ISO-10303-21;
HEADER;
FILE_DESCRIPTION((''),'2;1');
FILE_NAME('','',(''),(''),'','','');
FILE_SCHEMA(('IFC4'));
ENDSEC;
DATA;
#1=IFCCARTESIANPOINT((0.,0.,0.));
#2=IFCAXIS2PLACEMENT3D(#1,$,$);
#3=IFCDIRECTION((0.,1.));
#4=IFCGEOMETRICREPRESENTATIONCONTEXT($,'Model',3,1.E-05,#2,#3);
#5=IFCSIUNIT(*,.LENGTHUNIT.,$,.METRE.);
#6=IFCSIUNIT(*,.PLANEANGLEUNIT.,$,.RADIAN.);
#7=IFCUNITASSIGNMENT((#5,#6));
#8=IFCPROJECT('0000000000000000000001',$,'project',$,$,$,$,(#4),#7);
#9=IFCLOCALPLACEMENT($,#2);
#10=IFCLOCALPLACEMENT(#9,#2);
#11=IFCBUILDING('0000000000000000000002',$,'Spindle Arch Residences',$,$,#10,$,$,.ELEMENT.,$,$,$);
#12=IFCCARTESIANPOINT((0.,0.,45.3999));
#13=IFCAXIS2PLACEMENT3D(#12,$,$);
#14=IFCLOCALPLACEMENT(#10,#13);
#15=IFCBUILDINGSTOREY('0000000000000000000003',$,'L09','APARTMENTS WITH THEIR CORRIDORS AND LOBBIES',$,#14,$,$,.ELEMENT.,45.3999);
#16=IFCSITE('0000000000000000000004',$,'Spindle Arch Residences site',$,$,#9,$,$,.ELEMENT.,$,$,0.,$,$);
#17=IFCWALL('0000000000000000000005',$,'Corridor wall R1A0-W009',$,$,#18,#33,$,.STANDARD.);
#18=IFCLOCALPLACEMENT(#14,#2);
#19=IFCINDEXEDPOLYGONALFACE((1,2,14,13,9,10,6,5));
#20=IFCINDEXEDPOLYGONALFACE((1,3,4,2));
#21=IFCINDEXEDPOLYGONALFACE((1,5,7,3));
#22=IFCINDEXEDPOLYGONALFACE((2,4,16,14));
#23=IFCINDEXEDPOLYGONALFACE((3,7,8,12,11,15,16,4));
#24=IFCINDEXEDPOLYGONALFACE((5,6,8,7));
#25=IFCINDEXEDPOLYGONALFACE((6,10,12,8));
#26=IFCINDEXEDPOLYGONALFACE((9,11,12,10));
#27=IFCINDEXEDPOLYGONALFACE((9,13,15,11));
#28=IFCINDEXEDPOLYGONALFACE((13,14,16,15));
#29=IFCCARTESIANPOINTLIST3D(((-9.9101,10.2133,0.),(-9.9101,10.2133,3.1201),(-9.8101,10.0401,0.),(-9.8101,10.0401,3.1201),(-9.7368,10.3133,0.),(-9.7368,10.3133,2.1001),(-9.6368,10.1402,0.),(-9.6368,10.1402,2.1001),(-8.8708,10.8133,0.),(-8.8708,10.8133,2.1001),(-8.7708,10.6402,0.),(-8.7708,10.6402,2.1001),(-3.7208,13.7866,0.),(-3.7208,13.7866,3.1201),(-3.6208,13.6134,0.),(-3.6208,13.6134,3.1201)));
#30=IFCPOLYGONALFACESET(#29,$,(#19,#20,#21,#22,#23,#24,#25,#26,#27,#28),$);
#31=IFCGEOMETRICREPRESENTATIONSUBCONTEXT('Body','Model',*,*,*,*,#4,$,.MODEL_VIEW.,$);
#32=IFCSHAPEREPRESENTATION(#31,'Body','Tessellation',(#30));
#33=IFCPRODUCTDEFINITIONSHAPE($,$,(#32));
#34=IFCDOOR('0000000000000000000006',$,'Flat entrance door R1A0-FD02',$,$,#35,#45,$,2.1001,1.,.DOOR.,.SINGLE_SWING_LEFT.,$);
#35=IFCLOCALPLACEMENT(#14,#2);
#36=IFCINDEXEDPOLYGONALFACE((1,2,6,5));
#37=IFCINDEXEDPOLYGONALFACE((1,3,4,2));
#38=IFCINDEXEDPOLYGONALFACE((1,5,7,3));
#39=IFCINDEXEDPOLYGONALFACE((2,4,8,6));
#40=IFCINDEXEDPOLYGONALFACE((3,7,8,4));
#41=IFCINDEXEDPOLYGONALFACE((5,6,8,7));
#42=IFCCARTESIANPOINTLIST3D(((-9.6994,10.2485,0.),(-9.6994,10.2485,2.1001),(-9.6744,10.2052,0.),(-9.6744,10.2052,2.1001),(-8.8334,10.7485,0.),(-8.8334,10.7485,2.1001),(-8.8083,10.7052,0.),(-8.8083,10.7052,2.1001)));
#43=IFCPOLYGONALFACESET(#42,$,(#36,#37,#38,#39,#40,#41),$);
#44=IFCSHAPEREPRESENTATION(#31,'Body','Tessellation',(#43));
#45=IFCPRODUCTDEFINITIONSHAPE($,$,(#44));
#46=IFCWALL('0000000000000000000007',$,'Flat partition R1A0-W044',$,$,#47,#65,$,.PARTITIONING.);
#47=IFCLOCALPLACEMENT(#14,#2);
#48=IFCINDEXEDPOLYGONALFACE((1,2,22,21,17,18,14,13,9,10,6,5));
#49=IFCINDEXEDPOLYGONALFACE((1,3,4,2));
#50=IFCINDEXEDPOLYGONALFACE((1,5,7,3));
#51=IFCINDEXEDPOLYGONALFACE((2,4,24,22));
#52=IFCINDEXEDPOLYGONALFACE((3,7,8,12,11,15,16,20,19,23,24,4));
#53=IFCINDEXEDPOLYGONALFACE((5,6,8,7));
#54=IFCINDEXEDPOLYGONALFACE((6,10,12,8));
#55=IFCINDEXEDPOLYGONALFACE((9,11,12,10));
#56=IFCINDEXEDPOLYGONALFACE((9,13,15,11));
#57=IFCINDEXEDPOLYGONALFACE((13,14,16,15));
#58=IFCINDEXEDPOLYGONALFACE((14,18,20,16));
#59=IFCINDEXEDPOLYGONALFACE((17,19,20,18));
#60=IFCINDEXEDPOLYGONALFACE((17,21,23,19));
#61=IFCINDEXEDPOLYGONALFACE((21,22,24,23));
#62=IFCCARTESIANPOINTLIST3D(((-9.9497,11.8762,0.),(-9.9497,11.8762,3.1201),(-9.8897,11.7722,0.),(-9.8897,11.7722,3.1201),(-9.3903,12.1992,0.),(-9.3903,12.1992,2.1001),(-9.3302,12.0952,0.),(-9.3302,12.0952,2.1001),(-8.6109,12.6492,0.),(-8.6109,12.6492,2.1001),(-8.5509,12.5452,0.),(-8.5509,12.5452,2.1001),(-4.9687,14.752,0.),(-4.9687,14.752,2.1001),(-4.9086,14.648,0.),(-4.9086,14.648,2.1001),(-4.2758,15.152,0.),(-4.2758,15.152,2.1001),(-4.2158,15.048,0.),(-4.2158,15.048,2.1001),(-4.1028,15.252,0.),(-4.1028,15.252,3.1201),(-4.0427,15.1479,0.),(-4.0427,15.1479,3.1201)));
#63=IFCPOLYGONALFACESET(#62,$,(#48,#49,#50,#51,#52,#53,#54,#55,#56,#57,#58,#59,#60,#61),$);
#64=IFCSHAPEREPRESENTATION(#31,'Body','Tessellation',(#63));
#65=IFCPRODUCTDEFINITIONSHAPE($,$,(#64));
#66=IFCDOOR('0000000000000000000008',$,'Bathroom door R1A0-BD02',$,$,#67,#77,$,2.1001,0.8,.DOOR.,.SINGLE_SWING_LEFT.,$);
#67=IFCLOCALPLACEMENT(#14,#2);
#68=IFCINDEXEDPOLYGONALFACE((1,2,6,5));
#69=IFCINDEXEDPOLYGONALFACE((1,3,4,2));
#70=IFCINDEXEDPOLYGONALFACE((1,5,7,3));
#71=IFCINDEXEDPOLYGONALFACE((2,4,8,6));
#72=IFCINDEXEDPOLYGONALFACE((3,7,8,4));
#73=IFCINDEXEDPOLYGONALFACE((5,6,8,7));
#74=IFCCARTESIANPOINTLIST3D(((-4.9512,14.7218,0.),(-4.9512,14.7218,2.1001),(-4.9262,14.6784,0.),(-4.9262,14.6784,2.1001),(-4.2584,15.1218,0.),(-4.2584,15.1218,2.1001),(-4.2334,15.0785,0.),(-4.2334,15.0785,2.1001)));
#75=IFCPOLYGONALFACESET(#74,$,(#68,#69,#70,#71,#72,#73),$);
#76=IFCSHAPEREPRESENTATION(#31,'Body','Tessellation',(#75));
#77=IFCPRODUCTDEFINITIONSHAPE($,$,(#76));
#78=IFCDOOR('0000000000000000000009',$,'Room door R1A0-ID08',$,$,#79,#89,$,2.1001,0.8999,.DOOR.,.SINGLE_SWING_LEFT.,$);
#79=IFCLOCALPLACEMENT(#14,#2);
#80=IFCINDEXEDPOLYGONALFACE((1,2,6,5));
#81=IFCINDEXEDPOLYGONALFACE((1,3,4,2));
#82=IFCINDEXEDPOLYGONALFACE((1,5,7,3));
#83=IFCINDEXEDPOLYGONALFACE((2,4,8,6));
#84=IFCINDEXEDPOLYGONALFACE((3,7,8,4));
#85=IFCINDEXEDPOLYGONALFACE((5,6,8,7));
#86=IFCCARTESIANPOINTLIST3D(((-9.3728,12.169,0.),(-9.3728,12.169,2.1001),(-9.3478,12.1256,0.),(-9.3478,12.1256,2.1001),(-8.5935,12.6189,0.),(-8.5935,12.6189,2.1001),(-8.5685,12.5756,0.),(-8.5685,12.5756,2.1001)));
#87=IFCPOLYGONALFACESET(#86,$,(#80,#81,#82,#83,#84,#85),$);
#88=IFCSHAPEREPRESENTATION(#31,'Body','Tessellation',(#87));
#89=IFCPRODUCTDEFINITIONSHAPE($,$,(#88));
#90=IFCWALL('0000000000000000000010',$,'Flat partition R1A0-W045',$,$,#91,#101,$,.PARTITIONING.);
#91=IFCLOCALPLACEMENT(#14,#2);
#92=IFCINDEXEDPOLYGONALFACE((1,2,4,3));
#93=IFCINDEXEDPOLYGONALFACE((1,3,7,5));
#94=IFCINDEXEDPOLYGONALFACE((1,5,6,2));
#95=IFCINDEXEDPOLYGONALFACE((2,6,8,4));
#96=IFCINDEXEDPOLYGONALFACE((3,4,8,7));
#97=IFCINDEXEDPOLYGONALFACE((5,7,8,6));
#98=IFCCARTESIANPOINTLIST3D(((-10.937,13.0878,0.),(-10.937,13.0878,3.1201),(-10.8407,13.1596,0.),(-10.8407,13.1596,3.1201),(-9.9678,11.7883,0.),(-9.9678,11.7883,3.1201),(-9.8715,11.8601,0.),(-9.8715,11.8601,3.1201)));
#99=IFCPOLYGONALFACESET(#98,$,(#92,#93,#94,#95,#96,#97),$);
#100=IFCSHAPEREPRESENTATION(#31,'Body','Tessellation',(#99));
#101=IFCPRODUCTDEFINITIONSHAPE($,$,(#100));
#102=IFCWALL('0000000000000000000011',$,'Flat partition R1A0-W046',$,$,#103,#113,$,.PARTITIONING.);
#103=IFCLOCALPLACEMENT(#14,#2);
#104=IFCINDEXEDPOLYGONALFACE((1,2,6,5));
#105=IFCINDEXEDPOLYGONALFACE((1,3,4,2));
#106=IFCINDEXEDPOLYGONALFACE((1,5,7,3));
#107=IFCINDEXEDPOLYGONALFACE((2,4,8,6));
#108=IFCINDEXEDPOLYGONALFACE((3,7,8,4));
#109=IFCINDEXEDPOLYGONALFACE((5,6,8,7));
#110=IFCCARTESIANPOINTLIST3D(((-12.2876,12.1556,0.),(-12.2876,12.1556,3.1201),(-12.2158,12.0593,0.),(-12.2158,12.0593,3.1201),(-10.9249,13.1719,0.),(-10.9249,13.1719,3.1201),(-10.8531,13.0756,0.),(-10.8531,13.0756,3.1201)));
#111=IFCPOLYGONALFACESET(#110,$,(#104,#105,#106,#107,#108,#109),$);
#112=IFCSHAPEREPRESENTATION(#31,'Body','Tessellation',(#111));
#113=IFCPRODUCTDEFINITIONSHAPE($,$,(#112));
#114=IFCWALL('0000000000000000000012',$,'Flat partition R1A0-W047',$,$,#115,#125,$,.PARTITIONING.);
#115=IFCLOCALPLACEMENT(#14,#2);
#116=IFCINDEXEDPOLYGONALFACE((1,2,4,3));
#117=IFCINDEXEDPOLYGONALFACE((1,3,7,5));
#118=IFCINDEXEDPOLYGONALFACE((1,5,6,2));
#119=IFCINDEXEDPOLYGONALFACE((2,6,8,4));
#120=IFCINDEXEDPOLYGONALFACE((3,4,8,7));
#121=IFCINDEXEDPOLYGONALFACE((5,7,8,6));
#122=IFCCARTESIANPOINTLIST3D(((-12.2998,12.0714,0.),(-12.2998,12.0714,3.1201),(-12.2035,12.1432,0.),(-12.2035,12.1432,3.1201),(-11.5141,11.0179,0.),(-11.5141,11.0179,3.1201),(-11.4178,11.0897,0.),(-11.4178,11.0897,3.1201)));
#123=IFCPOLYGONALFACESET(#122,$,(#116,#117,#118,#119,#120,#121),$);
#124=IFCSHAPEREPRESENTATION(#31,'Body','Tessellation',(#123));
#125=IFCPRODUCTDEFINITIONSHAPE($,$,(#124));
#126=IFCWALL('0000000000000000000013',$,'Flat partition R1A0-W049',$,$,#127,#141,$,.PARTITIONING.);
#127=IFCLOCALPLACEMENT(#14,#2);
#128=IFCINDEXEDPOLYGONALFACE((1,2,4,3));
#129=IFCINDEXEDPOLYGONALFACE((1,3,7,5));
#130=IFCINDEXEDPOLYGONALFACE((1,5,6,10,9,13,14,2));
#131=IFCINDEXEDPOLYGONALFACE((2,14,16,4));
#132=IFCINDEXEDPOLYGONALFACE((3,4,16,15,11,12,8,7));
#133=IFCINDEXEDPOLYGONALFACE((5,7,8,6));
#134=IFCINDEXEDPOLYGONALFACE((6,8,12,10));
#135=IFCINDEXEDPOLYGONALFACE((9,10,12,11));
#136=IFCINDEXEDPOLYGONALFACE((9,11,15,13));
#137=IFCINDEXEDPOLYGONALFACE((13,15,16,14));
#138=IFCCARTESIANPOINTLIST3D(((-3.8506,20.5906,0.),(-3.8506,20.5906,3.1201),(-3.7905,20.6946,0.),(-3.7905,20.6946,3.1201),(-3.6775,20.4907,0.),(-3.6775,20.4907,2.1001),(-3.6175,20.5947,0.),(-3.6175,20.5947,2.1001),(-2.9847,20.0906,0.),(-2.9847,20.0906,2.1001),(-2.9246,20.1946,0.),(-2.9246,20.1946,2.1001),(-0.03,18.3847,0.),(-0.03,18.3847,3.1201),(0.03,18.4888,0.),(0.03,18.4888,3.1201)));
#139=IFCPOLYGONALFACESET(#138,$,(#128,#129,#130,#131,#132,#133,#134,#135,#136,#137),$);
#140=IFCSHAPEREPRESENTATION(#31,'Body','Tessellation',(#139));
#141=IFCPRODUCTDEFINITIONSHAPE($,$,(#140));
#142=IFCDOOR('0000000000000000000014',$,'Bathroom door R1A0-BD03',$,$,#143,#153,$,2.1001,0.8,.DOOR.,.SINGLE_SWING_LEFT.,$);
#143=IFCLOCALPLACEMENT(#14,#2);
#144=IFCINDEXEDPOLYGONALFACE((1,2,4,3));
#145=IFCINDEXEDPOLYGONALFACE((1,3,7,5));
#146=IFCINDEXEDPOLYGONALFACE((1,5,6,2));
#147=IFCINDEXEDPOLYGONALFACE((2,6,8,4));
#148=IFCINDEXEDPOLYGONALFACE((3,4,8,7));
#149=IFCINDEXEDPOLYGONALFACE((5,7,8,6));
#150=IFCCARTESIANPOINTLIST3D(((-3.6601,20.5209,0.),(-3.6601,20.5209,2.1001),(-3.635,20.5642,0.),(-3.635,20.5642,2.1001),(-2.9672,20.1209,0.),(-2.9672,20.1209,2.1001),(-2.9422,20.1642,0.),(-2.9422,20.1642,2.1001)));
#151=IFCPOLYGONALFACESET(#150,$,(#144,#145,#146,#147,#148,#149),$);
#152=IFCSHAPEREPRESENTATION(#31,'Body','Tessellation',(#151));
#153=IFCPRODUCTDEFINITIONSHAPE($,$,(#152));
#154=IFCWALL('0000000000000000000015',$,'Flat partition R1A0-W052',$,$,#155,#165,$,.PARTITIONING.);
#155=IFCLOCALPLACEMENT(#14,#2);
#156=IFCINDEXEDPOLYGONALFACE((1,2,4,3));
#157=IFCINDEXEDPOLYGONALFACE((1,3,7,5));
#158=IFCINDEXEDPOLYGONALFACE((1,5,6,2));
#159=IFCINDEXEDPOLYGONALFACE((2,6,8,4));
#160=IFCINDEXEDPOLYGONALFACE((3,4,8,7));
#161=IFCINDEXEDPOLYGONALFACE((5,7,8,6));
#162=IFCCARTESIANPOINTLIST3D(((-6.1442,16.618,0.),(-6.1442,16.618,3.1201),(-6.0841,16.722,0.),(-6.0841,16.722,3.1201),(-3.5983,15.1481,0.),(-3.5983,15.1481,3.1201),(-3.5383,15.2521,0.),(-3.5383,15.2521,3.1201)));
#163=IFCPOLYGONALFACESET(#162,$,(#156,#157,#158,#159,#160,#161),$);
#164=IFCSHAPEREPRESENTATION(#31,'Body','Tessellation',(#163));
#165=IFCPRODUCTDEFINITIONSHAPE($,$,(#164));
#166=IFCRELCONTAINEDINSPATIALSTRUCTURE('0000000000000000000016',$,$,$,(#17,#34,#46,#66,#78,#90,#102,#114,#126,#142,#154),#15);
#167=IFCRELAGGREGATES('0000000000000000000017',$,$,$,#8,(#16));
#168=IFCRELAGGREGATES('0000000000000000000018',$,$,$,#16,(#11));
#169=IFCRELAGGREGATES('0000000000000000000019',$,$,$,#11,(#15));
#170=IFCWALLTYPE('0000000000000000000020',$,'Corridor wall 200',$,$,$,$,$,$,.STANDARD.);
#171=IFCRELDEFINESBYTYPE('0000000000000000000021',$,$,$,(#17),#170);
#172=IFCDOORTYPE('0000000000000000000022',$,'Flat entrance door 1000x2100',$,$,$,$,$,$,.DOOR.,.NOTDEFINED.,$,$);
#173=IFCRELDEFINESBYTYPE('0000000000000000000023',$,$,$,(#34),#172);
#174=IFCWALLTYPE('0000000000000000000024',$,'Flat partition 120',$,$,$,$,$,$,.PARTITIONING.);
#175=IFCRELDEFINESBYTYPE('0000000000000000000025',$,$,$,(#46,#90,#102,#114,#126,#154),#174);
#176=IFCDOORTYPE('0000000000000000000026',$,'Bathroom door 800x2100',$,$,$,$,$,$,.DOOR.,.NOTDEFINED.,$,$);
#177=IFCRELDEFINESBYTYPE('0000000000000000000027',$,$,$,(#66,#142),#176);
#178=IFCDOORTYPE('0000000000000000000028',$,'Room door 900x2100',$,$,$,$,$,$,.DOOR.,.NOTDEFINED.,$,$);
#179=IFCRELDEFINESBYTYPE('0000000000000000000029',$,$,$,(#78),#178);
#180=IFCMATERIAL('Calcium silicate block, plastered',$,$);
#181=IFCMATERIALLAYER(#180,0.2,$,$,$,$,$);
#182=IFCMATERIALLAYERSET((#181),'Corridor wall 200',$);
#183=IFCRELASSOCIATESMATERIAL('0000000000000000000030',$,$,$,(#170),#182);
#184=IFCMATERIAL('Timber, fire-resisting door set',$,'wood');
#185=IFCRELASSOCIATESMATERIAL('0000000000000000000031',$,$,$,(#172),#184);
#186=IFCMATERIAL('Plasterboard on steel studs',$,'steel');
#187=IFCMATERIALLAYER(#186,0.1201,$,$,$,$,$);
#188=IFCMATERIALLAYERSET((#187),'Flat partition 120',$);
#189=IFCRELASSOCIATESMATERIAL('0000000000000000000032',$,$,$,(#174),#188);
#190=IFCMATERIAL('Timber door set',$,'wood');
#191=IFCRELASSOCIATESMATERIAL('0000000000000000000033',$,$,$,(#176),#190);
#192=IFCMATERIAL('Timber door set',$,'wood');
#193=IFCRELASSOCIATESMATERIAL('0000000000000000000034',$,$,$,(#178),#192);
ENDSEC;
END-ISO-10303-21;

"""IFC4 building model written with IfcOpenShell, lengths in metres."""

from ifc_helpers import new_model, si_unit, direction, frame, frame_2d, origin, place, context, subcontext, project, spatial, rectangle, extrude, material, layer, layer_set, type_object, element, fill, save


model = new_model("IFC4")

# Units and contexts
model_context = context("Model", 3, precision=1e-05, world=origin(), true_north=direction((0.0, 1.0)))
body_context = subcontext(model_context, "Body", "Model", "MODEL_VIEW")
ifc_project = project(units=[si_unit("LENGTHUNIT", "METRE"), si_unit("PLANEANGLEUNIT", "RADIAN")], contexts=[model_context])

# Site, building, storey
site_placement = place(None, origin())
site = spatial("IfcSite", under=ifc_project, at=site_placement, Name="Spindle Arch Residences site", CompositionType="ELEMENT", RefElevation=0.0)
building_placement = place(site_placement, origin())
building = spatial("IfcBuilding", under=site, at=building_placement, Name="Spindle Arch Residences", CompositionType="ELEMENT")
storey_placement = place(building_placement, frame((0.0, 0.0, 45.3999)))
storey = spatial("IfcBuildingStorey", under=building, at=storey_placement, Name="L09", Description="APARTMENTS WITH THEIR CORRIDORS AND LOBBIES", CompositionType="ELEMENT", Elevation=45.3999)

# Wall, opening, door
ifc_material_1 = material(Name="Calcium silicate block, plastered")
ifc_layer_1 = layer(ifc_material_1, 0.2)
ifc_layer_set_1 = layer_set([ifc_layer_1], Name="Corridor wall 200")
wall_type_1 = type_object("IfcWallType", Name="Corridor wall 200", PredefinedType="STANDARD", material=ifc_layer_set_1)
wall_1_placement = place(storey_placement, frame((-3.6709, 13.7, 0.0), z_axis=(0.0, 0.0, 1.0), x_axis=(-0.866031, -0.49999, 0.0)))
wall_1 = element("IfcWall", 1, at=wall_1_placement, inside=storey, type_object=wall_type_1, Name="Corridor wall R1A0-W009", PredefinedType="STANDARD", context=body_context, shape_type="SweptSolid", body=[
    extrude(rectangle(XDim=7.1467, YDim=0.2, at=frame_2d((3.5732, 0.0))), origin(), (0.0, 0.0, 1.0), 3.1201),
])
opening_1_placement = place(wall_1_placement, frame((5.9465, 0.0, 0.0)))
opening_1 = element("IfcOpeningElement", 2, at=opening_1_placement, cuts=wall_1, PredefinedType="OPENING", context=body_context, shape_type="SweptSolid", body=[
    extrude(rectangle(XDim=1.0, YDim=2.1001, at=frame_2d((0.5, 1.05))), frame((0.0, 0.1099, 0.0), z_axis=(0.0, -1.0, 0.0), x_axis=(1.0, 0.0, 0.0)), (0.0, 0.0, 1.0), 0.22),
])
ifc_material_2 = material(Name="Timber, fire-resisting door set", Category="wood")
door_type_1 = type_object("IfcDoorType", Name="Flat entrance door 1000x2100", OperationType="NOTDEFINED", PredefinedType="DOOR", material=ifc_material_2)
door_1_placement = place(opening_1_placement, origin())
door_1 = element("IfcDoor", 3, at=door_1_placement, inside=storey, type_object=door_type_1, Name="Flat entrance door R1A0-FD02", OperationType="SINGLE_SWING_LEFT", OverallHeight=2.1001, OverallWidth=1.0, PredefinedType="DOOR", context=body_context, shape_type="SweptSolid", body=[
    extrude(rectangle(XDim=1.0, YDim=2.1001, at=frame_2d((0.5, 1.05))), frame((0.0, 0.0249, 0.0), z_axis=(0.0, -1.0, 0.0), x_axis=(1.0, 0.0, 0.0)), (0.0, 0.0, 1.0), 0.05),
])
fill(opening_1, door_1)

# Wall, openings, doors
ifc_material_3 = material(Name="Plasterboard on steel studs", Category="steel")
ifc_layer_2 = layer(ifc_material_3, 0.1201)
ifc_layer_set_2 = layer_set([ifc_layer_2], Name="Flat partition 120")
wall_type_2 = type_object("IfcWallType", Name="Flat partition 120", PredefinedType="PARTITIONING", material=ifc_layer_set_2)
wall_2_placement = place(storey_placement, frame((-4.0728, 15.2, 0.0), z_axis=(0.0, 0.0, 1.0), x_axis=(-0.866025, -0.500001, 0.0)))
wall_2 = element("IfcWall", 4, at=wall_2_placement, inside=storey, type_object=wall_type_2, Name="Flat partition R1A0-W044", PredefinedType="PARTITIONING", context=body_context, shape_type="SweptSolid", body=[
    extrude(rectangle(XDim=6.7515, YDim=0.1201, at=frame_2d((3.3757, 0.0))), origin(), (0.0, 0.0, 1.0), 3.1201),
])
opening_2_placement = place(wall_2_placement, frame((0.2, 0.0, 0.0)))
opening_2 = element("IfcOpeningElement", 5, at=opening_2_placement, cuts=wall_2, PredefinedType="OPENING", context=body_context, shape_type="SweptSolid", body=[
    extrude(rectangle(XDim=0.8, YDim=2.1001, at=frame_2d((0.3999, 1.05))), frame((0.0, 0.0701, 0.0), z_axis=(0.0, -1.0, 0.0), x_axis=(1.0, 0.0, 0.0)), (0.0, 0.0, 1.0), 0.1401),
])
opening_3_placement = place(wall_2_placement, frame((5.2056, 0.0, 0.0)))
opening_3 = element("IfcOpeningElement", 6, at=opening_3_placement, cuts=wall_2, PredefinedType="OPENING", context=body_context, shape_type="SweptSolid", body=[
    extrude(rectangle(XDim=0.8999, YDim=2.1001, at=frame_2d((0.45, 1.05))), frame((0.0, 0.0701, 0.0), z_axis=(0.0, -1.0, 0.0), x_axis=(1.0, 0.0, 0.0)), (0.0, 0.0, 1.0), 0.1401),
])
ifc_material_4 = material(Name="Timber door set", Category="wood")
door_type_2 = type_object("IfcDoorType", Name="Bathroom door 800x2100", OperationType="NOTDEFINED", PredefinedType="DOOR", material=ifc_material_4)
door_2_placement = place(opening_2_placement, origin())
door_2 = element("IfcDoor", 7, at=door_2_placement, inside=storey, type_object=door_type_2, Name="Bathroom door R1A0-BD02", OperationType="SINGLE_SWING_LEFT", OverallHeight=2.1001, OverallWidth=0.8, PredefinedType="DOOR", context=body_context, shape_type="SweptSolid", body=[
    extrude(rectangle(XDim=0.8, YDim=2.1001, at=frame_2d((0.3999, 1.05))), frame((0.0, 0.0249, 0.0), z_axis=(0.0, -1.0, 0.0), x_axis=(1.0, 0.0, 0.0)), (0.0, 0.0, 1.0), 0.05),
])
fill(opening_2, door_2)
ifc_material_5 = material(Name="Timber door set", Category="wood")
door_type_3 = type_object("IfcDoorType", Name="Room door 900x2100", OperationType="NOTDEFINED", PredefinedType="DOOR", material=ifc_material_5)
door_3_placement = place(opening_3_placement, origin())
door_3 = element("IfcDoor", 8, at=door_3_placement, inside=storey, type_object=door_type_3, Name="Room door R1A0-ID08", OperationType="SINGLE_SWING_LEFT", OverallHeight=2.1001, OverallWidth=0.8999, PredefinedType="DOOR", context=body_context, shape_type="SweptSolid", body=[
    extrude(rectangle(XDim=0.8999, YDim=2.1001, at=frame_2d((0.45, 1.05))), frame((0.0, 0.0249, 0.0), z_axis=(0.0, -1.0, 0.0), x_axis=(1.0, 0.0, 0.0)), (0.0, 0.0, 1.0), 0.05),
])
fill(opening_3, door_3)

# Walls
wall_3_placement = place(storey_placement, frame((-9.9197, 11.8242, 0.0), z_axis=(0.0, 0.0, 1.0), x_axis=(-0.597853, 0.801605, 0.0)))
element("IfcWall", 9, at=wall_3_placement, inside=storey, type_object=wall_type_2, Name="Flat partition R1A0-W045", PredefinedType="PARTITIONING", context=body_context, shape_type="SweptSolid", body=[
    extrude(rectangle(XDim=1.6211, YDim=0.1201, at=frame_2d((0.8105, 0.0))), origin(), (0.0, 0.0, 1.0), 3.1201),
])
wall_4_placement = place(storey_placement, frame((-10.8889, 13.1238, 0.0), z_axis=(0.0, 0.0, 1.0), x_axis=(-0.801617, -0.597838, 0.0)))
element("IfcWall", 10, at=wall_4_placement, inside=storey, type_object=wall_type_2, Name="Flat partition R1A0-W046", PredefinedType="PARTITIONING", context=body_context, shape_type="SweptSolid", body=[
    extrude(rectangle(XDim=1.7, YDim=0.1201, at=frame_2d((0.8501, 0.0))), origin(), (0.0, 0.0, 1.0), 3.1201),
])
wall_5_placement = place(storey_placement, frame((-12.2517, 12.1074, 0.0), z_axis=(0.0, 0.0, 1.0), x_axis=(0.597828, -0.801624, 0.0)))
element("IfcWall", 11, at=wall_5_placement, inside=storey, type_object=wall_type_2, Name="Flat partition R1A0-W047", PredefinedType="PARTITIONING", context=body_context, shape_type="SweptSolid", body=[
    extrude(rectangle(XDim=1.3142, YDim=0.1201, at=frame_2d((0.6572, 0.0))), origin(), (0.0, 0.0, 1.0), 3.1201),
])

# Wall, opening, door
wall_6_placement = place(storey_placement, frame((-3.8206, 20.6426, 0.0), z_axis=(0.0, 0.0, 1.0), x_axis=(0.866024, -0.500002, 0.0)))
wall_6 = element("IfcWall", 12, at=wall_6_placement, inside=storey, type_object=wall_type_2, Name="Flat partition R1A0-W049", PredefinedType="PARTITIONING", context=body_context, shape_type="SweptSolid", body=[
    extrude(rectangle(XDim=4.4116, YDim=0.1201, at=frame_2d((2.2058, 0.0))), origin(), (0.0, 0.0, 1.0), 3.1201),
])
opening_4_placement = place(wall_6_placement, frame((0.2, 0.0, 0.0)))
opening_4 = element("IfcOpeningElement", 13, at=opening_4_placement, cuts=wall_6, PredefinedType="OPENING", context=body_context, shape_type="SweptSolid", body=[
    extrude(rectangle(XDim=0.8, YDim=2.1001, at=frame_2d((0.3999, 1.05))), frame((0.0, 0.0701, 0.0), z_axis=(0.0, -1.0, 0.0), x_axis=(1.0, 0.0, 0.0)), (0.0, 0.0, 1.0), 0.1401),
])
door_4_placement = place(opening_4_placement, origin())
door_4 = element("IfcDoor", 14, at=door_4_placement, inside=storey, type_object=door_type_2, Name="Bathroom door R1A0-BD03", OperationType="SINGLE_SWING_LEFT", OverallHeight=2.1001, OverallWidth=0.8, PredefinedType="DOOR", context=body_context, shape_type="SweptSolid", body=[
    extrude(rectangle(XDim=0.8, YDim=2.1001, at=frame_2d((0.3999, 1.05))), frame((0.0, 0.0249, 0.0), z_axis=(0.0, -1.0, 0.0), x_axis=(1.0, 0.0, 0.0)), (0.0, 0.0, 1.0), 0.05),
])
fill(opening_4, door_4)

# Wall
wall_7_placement = place(storey_placement, frame((-6.114, 16.6699, 0.0), z_axis=(0.0, 0.0, 1.0), x_axis=(0.866011, -0.500024, 0.0)))
element("IfcWall", 15, at=wall_7_placement, inside=storey, type_object=wall_type_2, Name="Flat partition R1A0-W052", PredefinedType="PARTITIONING", context=body_context, shape_type="SweptSolid", body=[
    extrude(rectangle(XDim=2.9397, YDim=0.1201, at=frame_2d((1.4697, 0.0))), origin(), (0.0, 0.0, 1.0), 3.1201),
])

save(model, "model.ifc")
